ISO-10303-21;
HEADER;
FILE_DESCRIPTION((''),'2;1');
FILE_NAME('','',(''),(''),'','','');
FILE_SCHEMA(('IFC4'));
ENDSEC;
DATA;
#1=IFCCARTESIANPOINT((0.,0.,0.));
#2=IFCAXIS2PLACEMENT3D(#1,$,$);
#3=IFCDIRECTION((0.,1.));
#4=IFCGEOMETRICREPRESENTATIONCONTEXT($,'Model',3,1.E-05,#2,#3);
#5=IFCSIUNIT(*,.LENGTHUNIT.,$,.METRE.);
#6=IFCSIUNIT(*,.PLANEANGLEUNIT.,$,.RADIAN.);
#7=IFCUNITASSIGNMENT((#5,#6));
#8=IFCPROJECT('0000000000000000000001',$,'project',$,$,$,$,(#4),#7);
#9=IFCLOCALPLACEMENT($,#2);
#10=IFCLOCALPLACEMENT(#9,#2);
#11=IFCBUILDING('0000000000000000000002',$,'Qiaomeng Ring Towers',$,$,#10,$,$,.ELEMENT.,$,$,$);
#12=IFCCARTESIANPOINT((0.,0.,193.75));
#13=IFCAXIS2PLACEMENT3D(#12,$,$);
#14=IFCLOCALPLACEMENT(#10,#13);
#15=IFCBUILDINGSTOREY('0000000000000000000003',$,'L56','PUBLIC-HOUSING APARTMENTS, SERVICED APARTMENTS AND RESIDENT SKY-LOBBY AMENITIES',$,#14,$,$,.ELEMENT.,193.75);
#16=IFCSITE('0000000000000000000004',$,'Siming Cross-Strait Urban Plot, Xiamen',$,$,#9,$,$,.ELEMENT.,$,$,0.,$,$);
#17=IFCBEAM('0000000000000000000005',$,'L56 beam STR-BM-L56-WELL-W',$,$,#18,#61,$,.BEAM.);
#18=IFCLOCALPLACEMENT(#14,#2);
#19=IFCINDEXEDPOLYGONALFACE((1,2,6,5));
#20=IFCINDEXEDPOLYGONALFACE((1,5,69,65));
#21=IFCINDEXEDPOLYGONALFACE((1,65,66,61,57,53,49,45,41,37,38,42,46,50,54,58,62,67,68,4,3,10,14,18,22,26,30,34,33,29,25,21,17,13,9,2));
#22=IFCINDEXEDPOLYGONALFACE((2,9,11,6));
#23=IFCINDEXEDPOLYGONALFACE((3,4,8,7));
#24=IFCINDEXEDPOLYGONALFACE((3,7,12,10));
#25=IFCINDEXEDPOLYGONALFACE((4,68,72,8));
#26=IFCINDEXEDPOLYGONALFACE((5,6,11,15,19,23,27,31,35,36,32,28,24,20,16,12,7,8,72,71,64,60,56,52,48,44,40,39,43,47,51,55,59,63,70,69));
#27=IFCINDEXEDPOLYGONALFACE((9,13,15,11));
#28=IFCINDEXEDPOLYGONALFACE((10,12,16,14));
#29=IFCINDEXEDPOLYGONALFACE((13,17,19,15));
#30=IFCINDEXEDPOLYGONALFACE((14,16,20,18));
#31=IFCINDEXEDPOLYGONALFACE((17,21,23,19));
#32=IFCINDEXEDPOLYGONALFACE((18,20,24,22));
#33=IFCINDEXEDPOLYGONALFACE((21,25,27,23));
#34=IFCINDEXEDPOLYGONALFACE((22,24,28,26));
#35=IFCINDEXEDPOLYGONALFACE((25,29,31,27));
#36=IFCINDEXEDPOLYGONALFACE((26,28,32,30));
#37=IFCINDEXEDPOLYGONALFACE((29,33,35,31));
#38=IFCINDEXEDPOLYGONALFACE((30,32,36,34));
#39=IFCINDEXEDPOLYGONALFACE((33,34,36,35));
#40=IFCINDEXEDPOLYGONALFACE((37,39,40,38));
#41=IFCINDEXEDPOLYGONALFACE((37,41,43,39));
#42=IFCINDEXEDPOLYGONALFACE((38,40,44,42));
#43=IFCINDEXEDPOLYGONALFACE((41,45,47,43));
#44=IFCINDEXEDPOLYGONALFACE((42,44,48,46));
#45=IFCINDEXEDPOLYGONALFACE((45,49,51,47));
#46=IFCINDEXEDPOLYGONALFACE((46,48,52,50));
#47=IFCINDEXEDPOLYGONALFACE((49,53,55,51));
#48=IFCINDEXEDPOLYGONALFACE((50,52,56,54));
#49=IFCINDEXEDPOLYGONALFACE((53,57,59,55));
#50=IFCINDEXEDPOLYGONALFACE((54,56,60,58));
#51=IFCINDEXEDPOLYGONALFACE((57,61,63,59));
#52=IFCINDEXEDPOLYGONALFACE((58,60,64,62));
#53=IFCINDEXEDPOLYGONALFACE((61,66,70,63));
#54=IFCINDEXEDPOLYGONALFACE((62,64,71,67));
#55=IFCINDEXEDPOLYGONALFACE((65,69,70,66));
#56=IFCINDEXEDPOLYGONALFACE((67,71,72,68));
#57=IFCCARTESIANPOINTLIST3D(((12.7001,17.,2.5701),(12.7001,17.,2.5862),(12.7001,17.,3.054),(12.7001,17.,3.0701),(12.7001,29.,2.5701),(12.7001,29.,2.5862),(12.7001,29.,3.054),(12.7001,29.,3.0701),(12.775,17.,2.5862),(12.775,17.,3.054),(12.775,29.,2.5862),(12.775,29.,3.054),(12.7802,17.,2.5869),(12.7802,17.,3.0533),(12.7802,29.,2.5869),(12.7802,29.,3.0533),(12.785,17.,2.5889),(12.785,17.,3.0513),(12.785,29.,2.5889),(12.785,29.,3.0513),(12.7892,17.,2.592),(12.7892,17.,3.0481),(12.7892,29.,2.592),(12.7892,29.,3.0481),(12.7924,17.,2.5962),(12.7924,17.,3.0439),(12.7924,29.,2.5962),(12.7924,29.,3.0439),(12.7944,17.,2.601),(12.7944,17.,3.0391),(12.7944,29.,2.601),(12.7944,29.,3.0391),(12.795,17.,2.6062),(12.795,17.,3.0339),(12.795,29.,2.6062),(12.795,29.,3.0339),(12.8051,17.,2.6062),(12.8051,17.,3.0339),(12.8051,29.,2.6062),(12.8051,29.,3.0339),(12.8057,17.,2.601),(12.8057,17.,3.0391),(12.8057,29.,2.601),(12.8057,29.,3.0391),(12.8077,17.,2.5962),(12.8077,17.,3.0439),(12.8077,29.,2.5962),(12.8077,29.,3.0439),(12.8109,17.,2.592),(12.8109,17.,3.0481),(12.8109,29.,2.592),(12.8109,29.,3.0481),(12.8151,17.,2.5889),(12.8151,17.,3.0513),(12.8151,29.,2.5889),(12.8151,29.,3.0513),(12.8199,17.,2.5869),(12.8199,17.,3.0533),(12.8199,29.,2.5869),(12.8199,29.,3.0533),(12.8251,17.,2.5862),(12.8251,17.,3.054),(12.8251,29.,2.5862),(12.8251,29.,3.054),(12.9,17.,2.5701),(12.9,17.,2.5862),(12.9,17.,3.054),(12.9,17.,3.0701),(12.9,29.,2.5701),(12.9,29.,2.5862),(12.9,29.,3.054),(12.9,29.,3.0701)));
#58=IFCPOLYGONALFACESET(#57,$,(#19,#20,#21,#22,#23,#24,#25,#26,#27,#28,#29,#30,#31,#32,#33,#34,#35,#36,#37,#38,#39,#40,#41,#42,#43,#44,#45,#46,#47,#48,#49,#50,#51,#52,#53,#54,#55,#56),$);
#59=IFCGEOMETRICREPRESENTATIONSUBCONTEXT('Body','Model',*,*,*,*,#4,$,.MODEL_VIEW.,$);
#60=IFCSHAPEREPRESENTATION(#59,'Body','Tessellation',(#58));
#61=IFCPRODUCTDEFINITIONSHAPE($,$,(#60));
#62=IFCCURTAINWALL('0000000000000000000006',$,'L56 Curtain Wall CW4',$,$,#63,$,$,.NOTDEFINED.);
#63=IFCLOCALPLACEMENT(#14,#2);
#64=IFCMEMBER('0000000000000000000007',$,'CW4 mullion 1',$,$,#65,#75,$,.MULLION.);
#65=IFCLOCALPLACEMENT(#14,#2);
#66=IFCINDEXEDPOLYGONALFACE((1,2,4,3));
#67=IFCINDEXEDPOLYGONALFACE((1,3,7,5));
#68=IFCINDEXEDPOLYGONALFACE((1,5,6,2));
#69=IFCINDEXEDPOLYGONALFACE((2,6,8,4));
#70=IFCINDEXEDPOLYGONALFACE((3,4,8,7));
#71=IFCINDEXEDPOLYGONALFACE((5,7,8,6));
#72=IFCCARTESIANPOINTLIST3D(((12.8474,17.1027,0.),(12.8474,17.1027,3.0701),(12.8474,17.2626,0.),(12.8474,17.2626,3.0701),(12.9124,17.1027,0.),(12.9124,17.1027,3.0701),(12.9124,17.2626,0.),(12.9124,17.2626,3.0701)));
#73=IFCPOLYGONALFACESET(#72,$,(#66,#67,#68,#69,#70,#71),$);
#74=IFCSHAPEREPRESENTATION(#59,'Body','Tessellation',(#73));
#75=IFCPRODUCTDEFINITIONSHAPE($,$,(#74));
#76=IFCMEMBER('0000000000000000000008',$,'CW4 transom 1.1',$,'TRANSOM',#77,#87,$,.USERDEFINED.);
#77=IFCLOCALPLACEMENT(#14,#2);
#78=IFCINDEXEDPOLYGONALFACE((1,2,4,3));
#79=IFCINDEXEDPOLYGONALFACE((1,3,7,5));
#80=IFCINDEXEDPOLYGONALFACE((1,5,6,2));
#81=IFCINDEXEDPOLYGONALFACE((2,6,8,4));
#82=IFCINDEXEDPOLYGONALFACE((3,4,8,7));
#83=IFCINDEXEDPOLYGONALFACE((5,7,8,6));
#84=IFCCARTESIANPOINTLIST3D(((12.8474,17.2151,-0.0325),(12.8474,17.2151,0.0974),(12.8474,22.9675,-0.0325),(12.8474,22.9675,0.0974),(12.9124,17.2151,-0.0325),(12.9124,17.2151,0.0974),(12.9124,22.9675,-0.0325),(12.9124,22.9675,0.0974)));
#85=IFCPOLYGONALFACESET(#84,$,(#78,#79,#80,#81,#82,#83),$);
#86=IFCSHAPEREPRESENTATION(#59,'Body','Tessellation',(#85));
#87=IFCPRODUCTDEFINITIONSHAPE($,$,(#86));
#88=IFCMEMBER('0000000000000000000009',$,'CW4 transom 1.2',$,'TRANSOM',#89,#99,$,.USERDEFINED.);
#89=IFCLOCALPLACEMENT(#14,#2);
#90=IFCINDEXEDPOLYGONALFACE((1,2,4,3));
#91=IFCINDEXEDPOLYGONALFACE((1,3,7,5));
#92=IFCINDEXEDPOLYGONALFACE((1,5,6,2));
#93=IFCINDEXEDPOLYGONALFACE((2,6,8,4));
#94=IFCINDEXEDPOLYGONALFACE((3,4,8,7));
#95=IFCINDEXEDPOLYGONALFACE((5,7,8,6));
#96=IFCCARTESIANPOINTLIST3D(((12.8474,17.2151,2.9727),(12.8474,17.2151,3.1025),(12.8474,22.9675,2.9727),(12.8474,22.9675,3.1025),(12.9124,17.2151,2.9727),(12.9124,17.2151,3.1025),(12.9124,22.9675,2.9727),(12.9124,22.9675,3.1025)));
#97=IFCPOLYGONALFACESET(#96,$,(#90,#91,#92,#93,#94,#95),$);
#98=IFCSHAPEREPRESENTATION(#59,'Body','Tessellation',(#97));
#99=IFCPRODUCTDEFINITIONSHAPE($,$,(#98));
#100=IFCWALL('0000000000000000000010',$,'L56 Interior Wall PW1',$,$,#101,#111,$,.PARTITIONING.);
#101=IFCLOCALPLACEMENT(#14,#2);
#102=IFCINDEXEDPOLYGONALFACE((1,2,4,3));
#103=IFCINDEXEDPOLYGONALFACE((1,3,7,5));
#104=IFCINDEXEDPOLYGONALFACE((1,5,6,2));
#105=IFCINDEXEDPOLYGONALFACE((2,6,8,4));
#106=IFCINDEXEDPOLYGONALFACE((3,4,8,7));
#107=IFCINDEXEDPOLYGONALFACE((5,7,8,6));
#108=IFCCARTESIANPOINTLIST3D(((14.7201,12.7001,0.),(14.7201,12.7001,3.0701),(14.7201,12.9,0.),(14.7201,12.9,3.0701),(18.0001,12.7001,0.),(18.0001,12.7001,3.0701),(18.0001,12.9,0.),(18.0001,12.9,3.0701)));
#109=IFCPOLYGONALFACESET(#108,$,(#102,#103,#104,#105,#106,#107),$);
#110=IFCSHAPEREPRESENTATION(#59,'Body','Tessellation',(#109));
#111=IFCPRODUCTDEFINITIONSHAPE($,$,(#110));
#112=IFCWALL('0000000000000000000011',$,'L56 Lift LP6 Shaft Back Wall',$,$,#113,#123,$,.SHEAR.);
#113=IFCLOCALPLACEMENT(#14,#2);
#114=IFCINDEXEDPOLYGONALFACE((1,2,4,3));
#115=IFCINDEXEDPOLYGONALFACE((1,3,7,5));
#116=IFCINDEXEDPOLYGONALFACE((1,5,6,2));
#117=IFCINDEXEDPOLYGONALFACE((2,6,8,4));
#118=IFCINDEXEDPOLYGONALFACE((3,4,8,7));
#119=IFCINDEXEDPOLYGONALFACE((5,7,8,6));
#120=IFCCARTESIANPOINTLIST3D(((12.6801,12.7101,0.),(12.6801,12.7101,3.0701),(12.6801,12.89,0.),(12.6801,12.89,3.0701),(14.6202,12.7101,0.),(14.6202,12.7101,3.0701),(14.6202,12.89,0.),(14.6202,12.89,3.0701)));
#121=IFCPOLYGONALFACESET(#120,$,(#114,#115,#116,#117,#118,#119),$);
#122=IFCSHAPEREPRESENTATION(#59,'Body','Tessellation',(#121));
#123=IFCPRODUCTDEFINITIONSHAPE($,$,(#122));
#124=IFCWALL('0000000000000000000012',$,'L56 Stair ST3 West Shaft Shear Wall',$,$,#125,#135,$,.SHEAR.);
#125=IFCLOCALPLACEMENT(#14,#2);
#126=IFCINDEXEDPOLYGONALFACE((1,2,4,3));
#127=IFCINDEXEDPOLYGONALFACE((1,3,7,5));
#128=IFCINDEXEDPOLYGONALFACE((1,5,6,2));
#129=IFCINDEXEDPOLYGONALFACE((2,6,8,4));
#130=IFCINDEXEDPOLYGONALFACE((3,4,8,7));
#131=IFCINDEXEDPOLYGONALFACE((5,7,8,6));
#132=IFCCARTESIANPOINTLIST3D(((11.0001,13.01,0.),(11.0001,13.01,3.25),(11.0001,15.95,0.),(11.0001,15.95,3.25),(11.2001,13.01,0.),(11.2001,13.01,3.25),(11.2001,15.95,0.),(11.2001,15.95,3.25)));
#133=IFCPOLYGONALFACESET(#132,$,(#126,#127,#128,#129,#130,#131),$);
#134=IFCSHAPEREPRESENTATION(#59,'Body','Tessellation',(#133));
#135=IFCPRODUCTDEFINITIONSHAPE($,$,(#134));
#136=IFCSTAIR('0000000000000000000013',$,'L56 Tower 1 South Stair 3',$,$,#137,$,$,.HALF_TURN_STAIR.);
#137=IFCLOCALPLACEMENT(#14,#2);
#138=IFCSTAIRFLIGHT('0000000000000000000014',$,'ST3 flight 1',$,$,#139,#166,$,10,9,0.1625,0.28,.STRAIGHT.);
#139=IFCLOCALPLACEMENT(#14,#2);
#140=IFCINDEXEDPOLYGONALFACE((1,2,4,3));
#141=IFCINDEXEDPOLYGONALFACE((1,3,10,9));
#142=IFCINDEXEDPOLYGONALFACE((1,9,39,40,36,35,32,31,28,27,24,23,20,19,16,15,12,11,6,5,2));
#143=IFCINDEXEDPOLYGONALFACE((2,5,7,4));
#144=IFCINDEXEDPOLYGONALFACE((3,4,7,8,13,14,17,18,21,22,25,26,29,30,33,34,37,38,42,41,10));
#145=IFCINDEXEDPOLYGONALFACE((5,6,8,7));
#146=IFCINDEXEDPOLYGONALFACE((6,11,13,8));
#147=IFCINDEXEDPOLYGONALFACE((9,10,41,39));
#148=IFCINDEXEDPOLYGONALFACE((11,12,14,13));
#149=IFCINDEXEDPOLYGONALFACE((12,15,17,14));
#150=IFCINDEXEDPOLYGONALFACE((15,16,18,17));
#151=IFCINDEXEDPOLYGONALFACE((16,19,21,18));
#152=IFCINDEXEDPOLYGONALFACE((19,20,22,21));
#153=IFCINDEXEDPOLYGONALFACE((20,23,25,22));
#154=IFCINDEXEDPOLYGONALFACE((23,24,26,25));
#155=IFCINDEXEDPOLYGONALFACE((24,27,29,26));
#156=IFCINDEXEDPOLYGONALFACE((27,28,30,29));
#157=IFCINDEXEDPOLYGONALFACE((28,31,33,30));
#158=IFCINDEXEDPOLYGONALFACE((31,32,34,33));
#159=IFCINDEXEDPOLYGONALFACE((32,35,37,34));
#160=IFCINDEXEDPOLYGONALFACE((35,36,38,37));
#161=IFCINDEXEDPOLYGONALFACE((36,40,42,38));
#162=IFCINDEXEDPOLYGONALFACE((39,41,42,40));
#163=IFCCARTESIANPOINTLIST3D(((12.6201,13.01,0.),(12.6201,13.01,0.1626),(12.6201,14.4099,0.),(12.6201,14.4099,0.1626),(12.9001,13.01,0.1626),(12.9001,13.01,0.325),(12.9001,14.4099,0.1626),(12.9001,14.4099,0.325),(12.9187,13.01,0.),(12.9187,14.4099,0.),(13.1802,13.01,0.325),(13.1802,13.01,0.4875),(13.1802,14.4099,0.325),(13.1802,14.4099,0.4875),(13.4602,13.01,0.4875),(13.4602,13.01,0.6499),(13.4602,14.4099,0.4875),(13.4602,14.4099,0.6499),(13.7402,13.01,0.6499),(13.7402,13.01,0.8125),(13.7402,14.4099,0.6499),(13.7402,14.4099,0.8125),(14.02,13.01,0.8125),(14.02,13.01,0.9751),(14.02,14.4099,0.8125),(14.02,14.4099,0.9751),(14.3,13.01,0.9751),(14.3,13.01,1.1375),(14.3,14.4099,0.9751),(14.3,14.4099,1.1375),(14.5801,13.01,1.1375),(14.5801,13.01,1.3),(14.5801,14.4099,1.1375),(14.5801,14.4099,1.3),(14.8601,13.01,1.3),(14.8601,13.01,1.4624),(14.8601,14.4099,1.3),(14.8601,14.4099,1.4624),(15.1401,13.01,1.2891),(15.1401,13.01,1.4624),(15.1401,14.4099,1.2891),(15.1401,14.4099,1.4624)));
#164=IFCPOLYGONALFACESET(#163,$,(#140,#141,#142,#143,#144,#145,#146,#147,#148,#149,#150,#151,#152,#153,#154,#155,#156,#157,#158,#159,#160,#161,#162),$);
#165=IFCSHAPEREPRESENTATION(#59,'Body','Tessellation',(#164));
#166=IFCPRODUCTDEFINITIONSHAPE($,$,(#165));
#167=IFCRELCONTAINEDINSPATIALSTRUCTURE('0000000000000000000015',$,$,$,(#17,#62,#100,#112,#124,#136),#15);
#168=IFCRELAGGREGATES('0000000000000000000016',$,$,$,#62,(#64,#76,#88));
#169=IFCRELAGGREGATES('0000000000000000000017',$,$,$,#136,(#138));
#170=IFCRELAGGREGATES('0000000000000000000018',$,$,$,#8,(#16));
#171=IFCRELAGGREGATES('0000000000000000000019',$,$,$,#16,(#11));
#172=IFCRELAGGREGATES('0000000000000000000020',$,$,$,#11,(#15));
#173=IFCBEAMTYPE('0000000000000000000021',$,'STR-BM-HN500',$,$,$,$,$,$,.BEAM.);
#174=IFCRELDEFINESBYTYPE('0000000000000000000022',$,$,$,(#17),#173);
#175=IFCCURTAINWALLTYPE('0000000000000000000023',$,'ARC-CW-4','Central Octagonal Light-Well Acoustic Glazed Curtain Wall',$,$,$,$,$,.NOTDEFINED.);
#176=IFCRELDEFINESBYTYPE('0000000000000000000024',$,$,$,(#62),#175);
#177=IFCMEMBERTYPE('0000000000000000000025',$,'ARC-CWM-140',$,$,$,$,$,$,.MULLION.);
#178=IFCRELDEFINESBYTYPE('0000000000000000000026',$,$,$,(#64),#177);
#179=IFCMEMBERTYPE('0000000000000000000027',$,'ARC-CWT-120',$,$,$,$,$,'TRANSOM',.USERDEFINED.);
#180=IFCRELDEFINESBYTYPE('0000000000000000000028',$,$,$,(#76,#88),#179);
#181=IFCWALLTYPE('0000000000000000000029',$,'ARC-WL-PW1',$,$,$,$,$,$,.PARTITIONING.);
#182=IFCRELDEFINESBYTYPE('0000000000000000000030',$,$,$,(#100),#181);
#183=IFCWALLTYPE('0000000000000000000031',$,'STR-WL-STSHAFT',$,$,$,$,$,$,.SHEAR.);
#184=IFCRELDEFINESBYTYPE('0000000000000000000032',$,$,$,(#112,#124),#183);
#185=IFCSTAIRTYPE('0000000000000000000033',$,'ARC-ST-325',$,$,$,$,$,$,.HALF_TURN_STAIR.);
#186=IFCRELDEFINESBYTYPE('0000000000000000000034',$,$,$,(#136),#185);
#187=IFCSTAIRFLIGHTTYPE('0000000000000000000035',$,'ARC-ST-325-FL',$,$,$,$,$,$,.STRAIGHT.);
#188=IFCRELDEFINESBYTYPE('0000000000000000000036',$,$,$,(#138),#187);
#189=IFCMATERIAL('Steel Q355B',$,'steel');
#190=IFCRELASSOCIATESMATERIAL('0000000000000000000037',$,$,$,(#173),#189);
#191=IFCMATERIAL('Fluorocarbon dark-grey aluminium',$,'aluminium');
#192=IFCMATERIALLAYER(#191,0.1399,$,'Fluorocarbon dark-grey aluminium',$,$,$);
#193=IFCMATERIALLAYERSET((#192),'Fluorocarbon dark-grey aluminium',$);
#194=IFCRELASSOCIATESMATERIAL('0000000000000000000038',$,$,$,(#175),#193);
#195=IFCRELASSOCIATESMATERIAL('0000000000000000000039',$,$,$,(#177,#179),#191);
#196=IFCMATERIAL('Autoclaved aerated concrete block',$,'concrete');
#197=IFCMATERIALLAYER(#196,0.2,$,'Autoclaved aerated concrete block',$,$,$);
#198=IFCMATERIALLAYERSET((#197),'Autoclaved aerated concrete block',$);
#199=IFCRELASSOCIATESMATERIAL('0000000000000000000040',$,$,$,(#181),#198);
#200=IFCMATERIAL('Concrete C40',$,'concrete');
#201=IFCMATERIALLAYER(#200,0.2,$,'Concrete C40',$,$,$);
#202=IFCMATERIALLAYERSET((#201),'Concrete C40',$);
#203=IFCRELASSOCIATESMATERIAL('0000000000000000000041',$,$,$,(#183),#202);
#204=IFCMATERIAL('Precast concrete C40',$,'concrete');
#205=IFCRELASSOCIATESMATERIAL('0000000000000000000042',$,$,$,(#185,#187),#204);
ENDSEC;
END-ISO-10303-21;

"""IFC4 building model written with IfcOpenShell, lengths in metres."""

from ifc_helpers import new_model, si_unit, direction, frame, frame_2d, origin, origin_2d, place, context, subcontext, project, spatial, polyline, rectangle, i_section, outline, extrude, source, transform, mapped, material, layer, layer_set, material_profile, profile_set, type_object, element, aggregate, save


model = new_model("IFC4")

# Units and contexts
model_context = context("Model", 3, precision=1e-05, world=origin(), true_north=direction((0.0, 1.0)))
body_context = subcontext(model_context, "Body", "Model", "MODEL_VIEW")
ifc_project = project(units=[si_unit("LENGTHUNIT", "METRE"), si_unit("PLANEANGLEUNIT", "RADIAN")], contexts=[model_context])

# Site, building, storey
site_placement = place(None, origin())
site = spatial("IfcSite", under=ifc_project, at=site_placement, Name="Siming Cross-Strait Urban Plot, Xiamen", CompositionType="ELEMENT", RefElevation=0.0)
building_placement = place(site_placement, origin())
building = spatial("IfcBuilding", under=site, at=building_placement, Name="Qiaomeng Ring Towers", CompositionType="ELEMENT")
storey_placement = place(building_placement, frame((0.0, 0.0, 193.75)))
storey = spatial("IfcBuildingStorey", under=building, at=storey_placement, Name="L56", Description="PUBLIC-HOUSING APARTMENTS, SERVICED APARTMENTS AND RESIDENT SKY-LOBBY AMENITIES", CompositionType="ELEMENT", Elevation=193.75)

# Beam
ifc_material_1 = material(Name="Steel Q355B", Category="steel")
ifc_material_profile_1 = material_profile(ifc_material_1, i_section(OverallWidth=0.2, OverallDepth=0.5, WebThickness=0.01, FlangeThickness=0.0161, FilletRadius=0.02, at=origin_2d()), Name="HN 500x200x10x16")
ifc_profile_set_1 = profile_set([ifc_material_profile_1], Name="Steel Q355B")
beam_type = type_object("IfcBeamType", Name="STR-BM-HN500", PredefinedType="BEAM", material=ifc_profile_set_1)
shared_shape_1 = source(origin(), body_context, "Body", "SweptSolid", [
    extrude(i_section(OverallWidth=0.2, OverallDepth=0.5, WebThickness=0.01, FlangeThickness=0.0161, FilletRadius=0.02, at=origin_2d()), origin(), (0.0, 0.0, 1.0), 12.0),
])
beam_placement = place(storey_placement, frame((12.8, 17.0, 2.8201), z_axis=(0.0, 1.0, 0.0), x_axis=(-1.0, 0.0, 0.0)))
element("IfcBeam", 1, at=beam_placement, inside=storey, type_object=beam_type, Name="L56 beam STR-BM-L56-WELL-W", PredefinedType="BEAM", context=body_context, shape_type="MappedRepresentation", body=[
    mapped(shared_shape_1, transform((0.0, 0.0, 0.0), x_axis=(1.0, 0.0, 0.0), y_axis=(0.0, 1.0, 0.0), z_axis=(0.0, 0.0, 1.0), scale=1.0)),
])

# Curtain wall, members
ifc_material_2 = material(Name="Fluorocarbon dark-grey aluminium", Category="aluminium")
ifc_layer_1 = layer(ifc_material_2, 0.1399, Name="Fluorocarbon dark-grey aluminium")
ifc_layer_set_1 = layer_set([ifc_layer_1], Name="Fluorocarbon dark-grey aluminium")
curtain_wall_type = type_object("IfcCurtainWallType", Name="ARC-CW-4", Description="Central Octagonal Light-Well Acoustic Glazed Curtain Wall", PredefinedType="NOTDEFINED", material=ifc_layer_set_1)
curtain_wall_placement = place(storey_placement, origin())
curtain_wall = element("IfcCurtainWall", 2, at=curtain_wall_placement, inside=storey, type_object=curtain_wall_type, Name="L56 Curtain Wall CW4", PredefinedType="NOTDEFINED")
ifc_material_profile_2 = material_profile(ifc_material_2, rectangle(XDim=0.0649, YDim=0.1599, at=origin_2d()), Name="ALU MULL 65x160")
ifc_profile_set_2 = profile_set([ifc_material_profile_2], Name="Fluorocarbon dark-grey aluminium")
member_type_1 = type_object("IfcMemberType", Name="ARC-CWM-140", PredefinedType="MULLION", material=ifc_profile_set_2)
shared_shape_2 = source(origin(), body_context, "Body", "SweptSolid", [
    extrude(rectangle(XDim=0.0649, YDim=0.1599, at=origin_2d()), origin(), (0.0, 0.0, 1.0), 3.0701),
])
member_1_placement = place(storey_placement, frame((12.8799, 17.1826, 0.0), z_axis=(0.0, 0.0, 1.0), x_axis=(-1.0, 0.0, 0.0)))
member_1 = element("IfcMember", 3, at=member_1_placement, type_object=member_type_1, Name="CW4 mullion 1", PredefinedType="MULLION", context=body_context, shape_type="MappedRepresentation", body=[
    mapped(shared_shape_2, transform((0.0, 0.0, 0.0), x_axis=(1.0, 0.0, 0.0), y_axis=(0.0, 1.0, 0.0), z_axis=(0.0, 0.0, 1.0), scale=1.0)),
])
ifc_material_profile_3 = material_profile(ifc_material_2, rectangle(XDim=0.0649, YDim=0.1299, at=origin_2d()), Name="ALU TRAN 65x130")
ifc_profile_set_3 = profile_set([ifc_material_profile_3], Name="Fluorocarbon dark-grey aluminium")
member_type_2 = type_object("IfcMemberType", Name="ARC-CWT-120", ElementType="TRANSOM", PredefinedType="USERDEFINED", material=ifc_profile_set_3)
shared_shape_3 = source(origin(), body_context, "Body", "SweptSolid", [
    extrude(rectangle(XDim=0.0649, YDim=0.1299, at=origin_2d()), origin(), (0.0, 0.0, 1.0), 5.7524),
])
member_2_placement = place(storey_placement, frame((12.8799, 17.2151, 0.0325), z_axis=(0.0, 1.0, 0.0), x_axis=(-1.0, 0.0, 0.0)))
member_2 = element("IfcMember", 4, at=member_2_placement, type_object=member_type_2, Name="CW4 transom 1.1", ObjectType="TRANSOM", PredefinedType="USERDEFINED", context=body_context, shape_type="MappedRepresentation", body=[
    mapped(shared_shape_3, transform((0.0, 0.0, 0.0), x_axis=(1.0, 0.0, 0.0), y_axis=(0.0, 1.0, 0.0), z_axis=(0.0, 0.0, 1.0), scale=1.0)),
])
member_3_placement = place(storey_placement, frame((12.8799, 17.2151, 3.0376), z_axis=(0.0, 1.0, 0.0), x_axis=(-1.0, 0.0, 0.0)))
member_3 = element("IfcMember", 5, at=member_3_placement, type_object=member_type_2, Name="CW4 transom 1.2", ObjectType="TRANSOM", PredefinedType="USERDEFINED", context=body_context, shape_type="MappedRepresentation", body=[
    mapped(shared_shape_3, transform((0.0, 0.0, 0.0), x_axis=(1.0, 0.0, 0.0), y_axis=(0.0, 1.0, 0.0), z_axis=(0.0, 0.0, 1.0), scale=1.0)),
])
aggregate(curtain_wall, [member_1, member_2, member_3])

# Walls
ifc_material_3 = material(Name="Autoclaved aerated concrete block", Category="concrete")
ifc_layer_2 = layer(ifc_material_3, 0.2, Name="Autoclaved aerated concrete block")
ifc_layer_set_2 = layer_set([ifc_layer_2], Name="Autoclaved aerated concrete block")
wall_type_1 = type_object("IfcWallType", Name="ARC-WL-PW1", PredefinedType="PARTITIONING", material=ifc_layer_set_2)
wall_1_placement = place(storey_placement, frame((14.72, 12.8, 0.0), z_axis=(0.0, 0.0, 1.0), x_axis=(1.0, 0.0, 0.0)))
element("IfcWall", 6, at=wall_1_placement, inside=storey, type_object=wall_type_1, Name="L56 Interior Wall PW1", PredefinedType="PARTITIONING", context=body_context, shape_type="SweptSolid", body=[
    extrude(rectangle(XDim=3.28, YDim=0.2, at=frame_2d((1.6401, 0.0))), origin(), (0.0, 0.0, 1.0), 3.0701),
])
ifc_material_4 = material(Name="Concrete C40", Category="concrete")
ifc_layer_3 = layer(ifc_material_4, 0.2, Name="Concrete C40")
ifc_layer_set_3 = layer_set([ifc_layer_3], Name="Concrete C40")
wall_type_2 = type_object("IfcWallType", Name="STR-WL-STSHAFT", PredefinedType="SHEAR", material=ifc_layer_set_3)
wall_2_placement = place(storey_placement, frame((12.6799, 12.8, 0.0), z_axis=(0.0, 0.0, 1.0), x_axis=(1.0, 0.0, 0.0)))
element("IfcWall", 7, at=wall_2_placement, inside=storey, type_object=wall_type_2, Name="L56 Lift LP6 Shaft Back Wall", PredefinedType="SHEAR", context=body_context, shape_type="SweptSolid", body=[
    extrude(rectangle(XDim=1.9402, YDim=0.1799, at=frame_2d((0.9702, 0.0))), origin(), (0.0, 0.0, 1.0), 3.0701),
])
wall_3_placement = place(storey_placement, frame((11.1001, 13.01, 0.0), z_axis=(0.0, 0.0, 1.0), x_axis=(0.0, 1.0, 0.0)))
element("IfcWall", 8, at=wall_3_placement, inside=storey, type_object=wall_type_2, Name="L56 Stair ST3 West Shaft Shear Wall", PredefinedType="SHEAR", context=body_context, shape_type="SweptSolid", body=[
    extrude(rectangle(XDim=2.9399, YDim=0.2, at=frame_2d((1.47, 0.0))), origin(), (0.0, 0.0, 1.0), 3.25),
])

# Stair, stair flight
ifc_material_5 = material(Name="Precast concrete C40", Category="concrete")
stair_type = type_object("IfcStairType", Name="ARC-ST-325", PredefinedType="HALF_TURN_STAIR", material=ifc_material_5)
stair_placement = place(storey_placement, origin())
stair = element("IfcStair", 9, at=stair_placement, inside=storey, type_object=stair_type, Name="L56 Tower 1 South Stair 3", PredefinedType="HALF_TURN_STAIR")
stair_flight_type = type_object("IfcStairFlightType", Name="ARC-ST-325-FL", PredefinedType="STRAIGHT", material=ifc_material_5)
shared_shape_4 = source(origin(), body_context, "Body", "SweptSolid", [
    extrude(outline(polyline([(0.0, 0.0), (0.0, 0.1626), (0.28, 0.1626), (0.28, 0.325), (0.5601, 0.325), (0.5601, 0.4875), (0.8401, 0.4875), (0.8401, 0.6499), (1.1201, 0.6499), (1.1201, 0.8125), (1.3999, 0.8125), (1.3999, 0.9751), (1.6799, 0.9751), (1.6799, 1.1375), (1.96, 1.1375), (1.96, 1.3), (2.24, 1.3), (2.24, 1.4624), (2.52, 1.4624), (2.52, 1.625), (2.52, 1.2891), (0.2986, 0.0), (0.0, 0.0)])), frame((0.0, 0.7, 0.0), z_axis=(0.0, -1.0, 0.0), x_axis=(1.0, 0.0, 0.0)), (0.0, 0.0, 1.0), 1.3999),
])
stair_flight_1_placement = place(storey_placement, frame((12.6201, 13.71, 0.0), z_axis=(0.0, 0.0, 1.0), x_axis=(1.0, 0.0, 0.0)))
stair_flight_1 = element("IfcStairFlight", 10, at=stair_flight_1_placement, type_object=stair_flight_type, Name="ST3 flight 1", NumberOfRisers=10, NumberOfTreads=9, PredefinedType="STRAIGHT", RiserHeight=0.1625, TreadLength=0.28, context=body_context, shape_type="MappedRepresentation", body=[
    mapped(shared_shape_4, transform((0.0, 0.0, 0.0), x_axis=(1.0, 0.0, 0.0), y_axis=(0.0, 1.0, 0.0), z_axis=(0.0, 0.0, 1.0), scale=1.0)),
])
aggregate(stair, [stair_flight_1])

save(model, "model.ifc")
